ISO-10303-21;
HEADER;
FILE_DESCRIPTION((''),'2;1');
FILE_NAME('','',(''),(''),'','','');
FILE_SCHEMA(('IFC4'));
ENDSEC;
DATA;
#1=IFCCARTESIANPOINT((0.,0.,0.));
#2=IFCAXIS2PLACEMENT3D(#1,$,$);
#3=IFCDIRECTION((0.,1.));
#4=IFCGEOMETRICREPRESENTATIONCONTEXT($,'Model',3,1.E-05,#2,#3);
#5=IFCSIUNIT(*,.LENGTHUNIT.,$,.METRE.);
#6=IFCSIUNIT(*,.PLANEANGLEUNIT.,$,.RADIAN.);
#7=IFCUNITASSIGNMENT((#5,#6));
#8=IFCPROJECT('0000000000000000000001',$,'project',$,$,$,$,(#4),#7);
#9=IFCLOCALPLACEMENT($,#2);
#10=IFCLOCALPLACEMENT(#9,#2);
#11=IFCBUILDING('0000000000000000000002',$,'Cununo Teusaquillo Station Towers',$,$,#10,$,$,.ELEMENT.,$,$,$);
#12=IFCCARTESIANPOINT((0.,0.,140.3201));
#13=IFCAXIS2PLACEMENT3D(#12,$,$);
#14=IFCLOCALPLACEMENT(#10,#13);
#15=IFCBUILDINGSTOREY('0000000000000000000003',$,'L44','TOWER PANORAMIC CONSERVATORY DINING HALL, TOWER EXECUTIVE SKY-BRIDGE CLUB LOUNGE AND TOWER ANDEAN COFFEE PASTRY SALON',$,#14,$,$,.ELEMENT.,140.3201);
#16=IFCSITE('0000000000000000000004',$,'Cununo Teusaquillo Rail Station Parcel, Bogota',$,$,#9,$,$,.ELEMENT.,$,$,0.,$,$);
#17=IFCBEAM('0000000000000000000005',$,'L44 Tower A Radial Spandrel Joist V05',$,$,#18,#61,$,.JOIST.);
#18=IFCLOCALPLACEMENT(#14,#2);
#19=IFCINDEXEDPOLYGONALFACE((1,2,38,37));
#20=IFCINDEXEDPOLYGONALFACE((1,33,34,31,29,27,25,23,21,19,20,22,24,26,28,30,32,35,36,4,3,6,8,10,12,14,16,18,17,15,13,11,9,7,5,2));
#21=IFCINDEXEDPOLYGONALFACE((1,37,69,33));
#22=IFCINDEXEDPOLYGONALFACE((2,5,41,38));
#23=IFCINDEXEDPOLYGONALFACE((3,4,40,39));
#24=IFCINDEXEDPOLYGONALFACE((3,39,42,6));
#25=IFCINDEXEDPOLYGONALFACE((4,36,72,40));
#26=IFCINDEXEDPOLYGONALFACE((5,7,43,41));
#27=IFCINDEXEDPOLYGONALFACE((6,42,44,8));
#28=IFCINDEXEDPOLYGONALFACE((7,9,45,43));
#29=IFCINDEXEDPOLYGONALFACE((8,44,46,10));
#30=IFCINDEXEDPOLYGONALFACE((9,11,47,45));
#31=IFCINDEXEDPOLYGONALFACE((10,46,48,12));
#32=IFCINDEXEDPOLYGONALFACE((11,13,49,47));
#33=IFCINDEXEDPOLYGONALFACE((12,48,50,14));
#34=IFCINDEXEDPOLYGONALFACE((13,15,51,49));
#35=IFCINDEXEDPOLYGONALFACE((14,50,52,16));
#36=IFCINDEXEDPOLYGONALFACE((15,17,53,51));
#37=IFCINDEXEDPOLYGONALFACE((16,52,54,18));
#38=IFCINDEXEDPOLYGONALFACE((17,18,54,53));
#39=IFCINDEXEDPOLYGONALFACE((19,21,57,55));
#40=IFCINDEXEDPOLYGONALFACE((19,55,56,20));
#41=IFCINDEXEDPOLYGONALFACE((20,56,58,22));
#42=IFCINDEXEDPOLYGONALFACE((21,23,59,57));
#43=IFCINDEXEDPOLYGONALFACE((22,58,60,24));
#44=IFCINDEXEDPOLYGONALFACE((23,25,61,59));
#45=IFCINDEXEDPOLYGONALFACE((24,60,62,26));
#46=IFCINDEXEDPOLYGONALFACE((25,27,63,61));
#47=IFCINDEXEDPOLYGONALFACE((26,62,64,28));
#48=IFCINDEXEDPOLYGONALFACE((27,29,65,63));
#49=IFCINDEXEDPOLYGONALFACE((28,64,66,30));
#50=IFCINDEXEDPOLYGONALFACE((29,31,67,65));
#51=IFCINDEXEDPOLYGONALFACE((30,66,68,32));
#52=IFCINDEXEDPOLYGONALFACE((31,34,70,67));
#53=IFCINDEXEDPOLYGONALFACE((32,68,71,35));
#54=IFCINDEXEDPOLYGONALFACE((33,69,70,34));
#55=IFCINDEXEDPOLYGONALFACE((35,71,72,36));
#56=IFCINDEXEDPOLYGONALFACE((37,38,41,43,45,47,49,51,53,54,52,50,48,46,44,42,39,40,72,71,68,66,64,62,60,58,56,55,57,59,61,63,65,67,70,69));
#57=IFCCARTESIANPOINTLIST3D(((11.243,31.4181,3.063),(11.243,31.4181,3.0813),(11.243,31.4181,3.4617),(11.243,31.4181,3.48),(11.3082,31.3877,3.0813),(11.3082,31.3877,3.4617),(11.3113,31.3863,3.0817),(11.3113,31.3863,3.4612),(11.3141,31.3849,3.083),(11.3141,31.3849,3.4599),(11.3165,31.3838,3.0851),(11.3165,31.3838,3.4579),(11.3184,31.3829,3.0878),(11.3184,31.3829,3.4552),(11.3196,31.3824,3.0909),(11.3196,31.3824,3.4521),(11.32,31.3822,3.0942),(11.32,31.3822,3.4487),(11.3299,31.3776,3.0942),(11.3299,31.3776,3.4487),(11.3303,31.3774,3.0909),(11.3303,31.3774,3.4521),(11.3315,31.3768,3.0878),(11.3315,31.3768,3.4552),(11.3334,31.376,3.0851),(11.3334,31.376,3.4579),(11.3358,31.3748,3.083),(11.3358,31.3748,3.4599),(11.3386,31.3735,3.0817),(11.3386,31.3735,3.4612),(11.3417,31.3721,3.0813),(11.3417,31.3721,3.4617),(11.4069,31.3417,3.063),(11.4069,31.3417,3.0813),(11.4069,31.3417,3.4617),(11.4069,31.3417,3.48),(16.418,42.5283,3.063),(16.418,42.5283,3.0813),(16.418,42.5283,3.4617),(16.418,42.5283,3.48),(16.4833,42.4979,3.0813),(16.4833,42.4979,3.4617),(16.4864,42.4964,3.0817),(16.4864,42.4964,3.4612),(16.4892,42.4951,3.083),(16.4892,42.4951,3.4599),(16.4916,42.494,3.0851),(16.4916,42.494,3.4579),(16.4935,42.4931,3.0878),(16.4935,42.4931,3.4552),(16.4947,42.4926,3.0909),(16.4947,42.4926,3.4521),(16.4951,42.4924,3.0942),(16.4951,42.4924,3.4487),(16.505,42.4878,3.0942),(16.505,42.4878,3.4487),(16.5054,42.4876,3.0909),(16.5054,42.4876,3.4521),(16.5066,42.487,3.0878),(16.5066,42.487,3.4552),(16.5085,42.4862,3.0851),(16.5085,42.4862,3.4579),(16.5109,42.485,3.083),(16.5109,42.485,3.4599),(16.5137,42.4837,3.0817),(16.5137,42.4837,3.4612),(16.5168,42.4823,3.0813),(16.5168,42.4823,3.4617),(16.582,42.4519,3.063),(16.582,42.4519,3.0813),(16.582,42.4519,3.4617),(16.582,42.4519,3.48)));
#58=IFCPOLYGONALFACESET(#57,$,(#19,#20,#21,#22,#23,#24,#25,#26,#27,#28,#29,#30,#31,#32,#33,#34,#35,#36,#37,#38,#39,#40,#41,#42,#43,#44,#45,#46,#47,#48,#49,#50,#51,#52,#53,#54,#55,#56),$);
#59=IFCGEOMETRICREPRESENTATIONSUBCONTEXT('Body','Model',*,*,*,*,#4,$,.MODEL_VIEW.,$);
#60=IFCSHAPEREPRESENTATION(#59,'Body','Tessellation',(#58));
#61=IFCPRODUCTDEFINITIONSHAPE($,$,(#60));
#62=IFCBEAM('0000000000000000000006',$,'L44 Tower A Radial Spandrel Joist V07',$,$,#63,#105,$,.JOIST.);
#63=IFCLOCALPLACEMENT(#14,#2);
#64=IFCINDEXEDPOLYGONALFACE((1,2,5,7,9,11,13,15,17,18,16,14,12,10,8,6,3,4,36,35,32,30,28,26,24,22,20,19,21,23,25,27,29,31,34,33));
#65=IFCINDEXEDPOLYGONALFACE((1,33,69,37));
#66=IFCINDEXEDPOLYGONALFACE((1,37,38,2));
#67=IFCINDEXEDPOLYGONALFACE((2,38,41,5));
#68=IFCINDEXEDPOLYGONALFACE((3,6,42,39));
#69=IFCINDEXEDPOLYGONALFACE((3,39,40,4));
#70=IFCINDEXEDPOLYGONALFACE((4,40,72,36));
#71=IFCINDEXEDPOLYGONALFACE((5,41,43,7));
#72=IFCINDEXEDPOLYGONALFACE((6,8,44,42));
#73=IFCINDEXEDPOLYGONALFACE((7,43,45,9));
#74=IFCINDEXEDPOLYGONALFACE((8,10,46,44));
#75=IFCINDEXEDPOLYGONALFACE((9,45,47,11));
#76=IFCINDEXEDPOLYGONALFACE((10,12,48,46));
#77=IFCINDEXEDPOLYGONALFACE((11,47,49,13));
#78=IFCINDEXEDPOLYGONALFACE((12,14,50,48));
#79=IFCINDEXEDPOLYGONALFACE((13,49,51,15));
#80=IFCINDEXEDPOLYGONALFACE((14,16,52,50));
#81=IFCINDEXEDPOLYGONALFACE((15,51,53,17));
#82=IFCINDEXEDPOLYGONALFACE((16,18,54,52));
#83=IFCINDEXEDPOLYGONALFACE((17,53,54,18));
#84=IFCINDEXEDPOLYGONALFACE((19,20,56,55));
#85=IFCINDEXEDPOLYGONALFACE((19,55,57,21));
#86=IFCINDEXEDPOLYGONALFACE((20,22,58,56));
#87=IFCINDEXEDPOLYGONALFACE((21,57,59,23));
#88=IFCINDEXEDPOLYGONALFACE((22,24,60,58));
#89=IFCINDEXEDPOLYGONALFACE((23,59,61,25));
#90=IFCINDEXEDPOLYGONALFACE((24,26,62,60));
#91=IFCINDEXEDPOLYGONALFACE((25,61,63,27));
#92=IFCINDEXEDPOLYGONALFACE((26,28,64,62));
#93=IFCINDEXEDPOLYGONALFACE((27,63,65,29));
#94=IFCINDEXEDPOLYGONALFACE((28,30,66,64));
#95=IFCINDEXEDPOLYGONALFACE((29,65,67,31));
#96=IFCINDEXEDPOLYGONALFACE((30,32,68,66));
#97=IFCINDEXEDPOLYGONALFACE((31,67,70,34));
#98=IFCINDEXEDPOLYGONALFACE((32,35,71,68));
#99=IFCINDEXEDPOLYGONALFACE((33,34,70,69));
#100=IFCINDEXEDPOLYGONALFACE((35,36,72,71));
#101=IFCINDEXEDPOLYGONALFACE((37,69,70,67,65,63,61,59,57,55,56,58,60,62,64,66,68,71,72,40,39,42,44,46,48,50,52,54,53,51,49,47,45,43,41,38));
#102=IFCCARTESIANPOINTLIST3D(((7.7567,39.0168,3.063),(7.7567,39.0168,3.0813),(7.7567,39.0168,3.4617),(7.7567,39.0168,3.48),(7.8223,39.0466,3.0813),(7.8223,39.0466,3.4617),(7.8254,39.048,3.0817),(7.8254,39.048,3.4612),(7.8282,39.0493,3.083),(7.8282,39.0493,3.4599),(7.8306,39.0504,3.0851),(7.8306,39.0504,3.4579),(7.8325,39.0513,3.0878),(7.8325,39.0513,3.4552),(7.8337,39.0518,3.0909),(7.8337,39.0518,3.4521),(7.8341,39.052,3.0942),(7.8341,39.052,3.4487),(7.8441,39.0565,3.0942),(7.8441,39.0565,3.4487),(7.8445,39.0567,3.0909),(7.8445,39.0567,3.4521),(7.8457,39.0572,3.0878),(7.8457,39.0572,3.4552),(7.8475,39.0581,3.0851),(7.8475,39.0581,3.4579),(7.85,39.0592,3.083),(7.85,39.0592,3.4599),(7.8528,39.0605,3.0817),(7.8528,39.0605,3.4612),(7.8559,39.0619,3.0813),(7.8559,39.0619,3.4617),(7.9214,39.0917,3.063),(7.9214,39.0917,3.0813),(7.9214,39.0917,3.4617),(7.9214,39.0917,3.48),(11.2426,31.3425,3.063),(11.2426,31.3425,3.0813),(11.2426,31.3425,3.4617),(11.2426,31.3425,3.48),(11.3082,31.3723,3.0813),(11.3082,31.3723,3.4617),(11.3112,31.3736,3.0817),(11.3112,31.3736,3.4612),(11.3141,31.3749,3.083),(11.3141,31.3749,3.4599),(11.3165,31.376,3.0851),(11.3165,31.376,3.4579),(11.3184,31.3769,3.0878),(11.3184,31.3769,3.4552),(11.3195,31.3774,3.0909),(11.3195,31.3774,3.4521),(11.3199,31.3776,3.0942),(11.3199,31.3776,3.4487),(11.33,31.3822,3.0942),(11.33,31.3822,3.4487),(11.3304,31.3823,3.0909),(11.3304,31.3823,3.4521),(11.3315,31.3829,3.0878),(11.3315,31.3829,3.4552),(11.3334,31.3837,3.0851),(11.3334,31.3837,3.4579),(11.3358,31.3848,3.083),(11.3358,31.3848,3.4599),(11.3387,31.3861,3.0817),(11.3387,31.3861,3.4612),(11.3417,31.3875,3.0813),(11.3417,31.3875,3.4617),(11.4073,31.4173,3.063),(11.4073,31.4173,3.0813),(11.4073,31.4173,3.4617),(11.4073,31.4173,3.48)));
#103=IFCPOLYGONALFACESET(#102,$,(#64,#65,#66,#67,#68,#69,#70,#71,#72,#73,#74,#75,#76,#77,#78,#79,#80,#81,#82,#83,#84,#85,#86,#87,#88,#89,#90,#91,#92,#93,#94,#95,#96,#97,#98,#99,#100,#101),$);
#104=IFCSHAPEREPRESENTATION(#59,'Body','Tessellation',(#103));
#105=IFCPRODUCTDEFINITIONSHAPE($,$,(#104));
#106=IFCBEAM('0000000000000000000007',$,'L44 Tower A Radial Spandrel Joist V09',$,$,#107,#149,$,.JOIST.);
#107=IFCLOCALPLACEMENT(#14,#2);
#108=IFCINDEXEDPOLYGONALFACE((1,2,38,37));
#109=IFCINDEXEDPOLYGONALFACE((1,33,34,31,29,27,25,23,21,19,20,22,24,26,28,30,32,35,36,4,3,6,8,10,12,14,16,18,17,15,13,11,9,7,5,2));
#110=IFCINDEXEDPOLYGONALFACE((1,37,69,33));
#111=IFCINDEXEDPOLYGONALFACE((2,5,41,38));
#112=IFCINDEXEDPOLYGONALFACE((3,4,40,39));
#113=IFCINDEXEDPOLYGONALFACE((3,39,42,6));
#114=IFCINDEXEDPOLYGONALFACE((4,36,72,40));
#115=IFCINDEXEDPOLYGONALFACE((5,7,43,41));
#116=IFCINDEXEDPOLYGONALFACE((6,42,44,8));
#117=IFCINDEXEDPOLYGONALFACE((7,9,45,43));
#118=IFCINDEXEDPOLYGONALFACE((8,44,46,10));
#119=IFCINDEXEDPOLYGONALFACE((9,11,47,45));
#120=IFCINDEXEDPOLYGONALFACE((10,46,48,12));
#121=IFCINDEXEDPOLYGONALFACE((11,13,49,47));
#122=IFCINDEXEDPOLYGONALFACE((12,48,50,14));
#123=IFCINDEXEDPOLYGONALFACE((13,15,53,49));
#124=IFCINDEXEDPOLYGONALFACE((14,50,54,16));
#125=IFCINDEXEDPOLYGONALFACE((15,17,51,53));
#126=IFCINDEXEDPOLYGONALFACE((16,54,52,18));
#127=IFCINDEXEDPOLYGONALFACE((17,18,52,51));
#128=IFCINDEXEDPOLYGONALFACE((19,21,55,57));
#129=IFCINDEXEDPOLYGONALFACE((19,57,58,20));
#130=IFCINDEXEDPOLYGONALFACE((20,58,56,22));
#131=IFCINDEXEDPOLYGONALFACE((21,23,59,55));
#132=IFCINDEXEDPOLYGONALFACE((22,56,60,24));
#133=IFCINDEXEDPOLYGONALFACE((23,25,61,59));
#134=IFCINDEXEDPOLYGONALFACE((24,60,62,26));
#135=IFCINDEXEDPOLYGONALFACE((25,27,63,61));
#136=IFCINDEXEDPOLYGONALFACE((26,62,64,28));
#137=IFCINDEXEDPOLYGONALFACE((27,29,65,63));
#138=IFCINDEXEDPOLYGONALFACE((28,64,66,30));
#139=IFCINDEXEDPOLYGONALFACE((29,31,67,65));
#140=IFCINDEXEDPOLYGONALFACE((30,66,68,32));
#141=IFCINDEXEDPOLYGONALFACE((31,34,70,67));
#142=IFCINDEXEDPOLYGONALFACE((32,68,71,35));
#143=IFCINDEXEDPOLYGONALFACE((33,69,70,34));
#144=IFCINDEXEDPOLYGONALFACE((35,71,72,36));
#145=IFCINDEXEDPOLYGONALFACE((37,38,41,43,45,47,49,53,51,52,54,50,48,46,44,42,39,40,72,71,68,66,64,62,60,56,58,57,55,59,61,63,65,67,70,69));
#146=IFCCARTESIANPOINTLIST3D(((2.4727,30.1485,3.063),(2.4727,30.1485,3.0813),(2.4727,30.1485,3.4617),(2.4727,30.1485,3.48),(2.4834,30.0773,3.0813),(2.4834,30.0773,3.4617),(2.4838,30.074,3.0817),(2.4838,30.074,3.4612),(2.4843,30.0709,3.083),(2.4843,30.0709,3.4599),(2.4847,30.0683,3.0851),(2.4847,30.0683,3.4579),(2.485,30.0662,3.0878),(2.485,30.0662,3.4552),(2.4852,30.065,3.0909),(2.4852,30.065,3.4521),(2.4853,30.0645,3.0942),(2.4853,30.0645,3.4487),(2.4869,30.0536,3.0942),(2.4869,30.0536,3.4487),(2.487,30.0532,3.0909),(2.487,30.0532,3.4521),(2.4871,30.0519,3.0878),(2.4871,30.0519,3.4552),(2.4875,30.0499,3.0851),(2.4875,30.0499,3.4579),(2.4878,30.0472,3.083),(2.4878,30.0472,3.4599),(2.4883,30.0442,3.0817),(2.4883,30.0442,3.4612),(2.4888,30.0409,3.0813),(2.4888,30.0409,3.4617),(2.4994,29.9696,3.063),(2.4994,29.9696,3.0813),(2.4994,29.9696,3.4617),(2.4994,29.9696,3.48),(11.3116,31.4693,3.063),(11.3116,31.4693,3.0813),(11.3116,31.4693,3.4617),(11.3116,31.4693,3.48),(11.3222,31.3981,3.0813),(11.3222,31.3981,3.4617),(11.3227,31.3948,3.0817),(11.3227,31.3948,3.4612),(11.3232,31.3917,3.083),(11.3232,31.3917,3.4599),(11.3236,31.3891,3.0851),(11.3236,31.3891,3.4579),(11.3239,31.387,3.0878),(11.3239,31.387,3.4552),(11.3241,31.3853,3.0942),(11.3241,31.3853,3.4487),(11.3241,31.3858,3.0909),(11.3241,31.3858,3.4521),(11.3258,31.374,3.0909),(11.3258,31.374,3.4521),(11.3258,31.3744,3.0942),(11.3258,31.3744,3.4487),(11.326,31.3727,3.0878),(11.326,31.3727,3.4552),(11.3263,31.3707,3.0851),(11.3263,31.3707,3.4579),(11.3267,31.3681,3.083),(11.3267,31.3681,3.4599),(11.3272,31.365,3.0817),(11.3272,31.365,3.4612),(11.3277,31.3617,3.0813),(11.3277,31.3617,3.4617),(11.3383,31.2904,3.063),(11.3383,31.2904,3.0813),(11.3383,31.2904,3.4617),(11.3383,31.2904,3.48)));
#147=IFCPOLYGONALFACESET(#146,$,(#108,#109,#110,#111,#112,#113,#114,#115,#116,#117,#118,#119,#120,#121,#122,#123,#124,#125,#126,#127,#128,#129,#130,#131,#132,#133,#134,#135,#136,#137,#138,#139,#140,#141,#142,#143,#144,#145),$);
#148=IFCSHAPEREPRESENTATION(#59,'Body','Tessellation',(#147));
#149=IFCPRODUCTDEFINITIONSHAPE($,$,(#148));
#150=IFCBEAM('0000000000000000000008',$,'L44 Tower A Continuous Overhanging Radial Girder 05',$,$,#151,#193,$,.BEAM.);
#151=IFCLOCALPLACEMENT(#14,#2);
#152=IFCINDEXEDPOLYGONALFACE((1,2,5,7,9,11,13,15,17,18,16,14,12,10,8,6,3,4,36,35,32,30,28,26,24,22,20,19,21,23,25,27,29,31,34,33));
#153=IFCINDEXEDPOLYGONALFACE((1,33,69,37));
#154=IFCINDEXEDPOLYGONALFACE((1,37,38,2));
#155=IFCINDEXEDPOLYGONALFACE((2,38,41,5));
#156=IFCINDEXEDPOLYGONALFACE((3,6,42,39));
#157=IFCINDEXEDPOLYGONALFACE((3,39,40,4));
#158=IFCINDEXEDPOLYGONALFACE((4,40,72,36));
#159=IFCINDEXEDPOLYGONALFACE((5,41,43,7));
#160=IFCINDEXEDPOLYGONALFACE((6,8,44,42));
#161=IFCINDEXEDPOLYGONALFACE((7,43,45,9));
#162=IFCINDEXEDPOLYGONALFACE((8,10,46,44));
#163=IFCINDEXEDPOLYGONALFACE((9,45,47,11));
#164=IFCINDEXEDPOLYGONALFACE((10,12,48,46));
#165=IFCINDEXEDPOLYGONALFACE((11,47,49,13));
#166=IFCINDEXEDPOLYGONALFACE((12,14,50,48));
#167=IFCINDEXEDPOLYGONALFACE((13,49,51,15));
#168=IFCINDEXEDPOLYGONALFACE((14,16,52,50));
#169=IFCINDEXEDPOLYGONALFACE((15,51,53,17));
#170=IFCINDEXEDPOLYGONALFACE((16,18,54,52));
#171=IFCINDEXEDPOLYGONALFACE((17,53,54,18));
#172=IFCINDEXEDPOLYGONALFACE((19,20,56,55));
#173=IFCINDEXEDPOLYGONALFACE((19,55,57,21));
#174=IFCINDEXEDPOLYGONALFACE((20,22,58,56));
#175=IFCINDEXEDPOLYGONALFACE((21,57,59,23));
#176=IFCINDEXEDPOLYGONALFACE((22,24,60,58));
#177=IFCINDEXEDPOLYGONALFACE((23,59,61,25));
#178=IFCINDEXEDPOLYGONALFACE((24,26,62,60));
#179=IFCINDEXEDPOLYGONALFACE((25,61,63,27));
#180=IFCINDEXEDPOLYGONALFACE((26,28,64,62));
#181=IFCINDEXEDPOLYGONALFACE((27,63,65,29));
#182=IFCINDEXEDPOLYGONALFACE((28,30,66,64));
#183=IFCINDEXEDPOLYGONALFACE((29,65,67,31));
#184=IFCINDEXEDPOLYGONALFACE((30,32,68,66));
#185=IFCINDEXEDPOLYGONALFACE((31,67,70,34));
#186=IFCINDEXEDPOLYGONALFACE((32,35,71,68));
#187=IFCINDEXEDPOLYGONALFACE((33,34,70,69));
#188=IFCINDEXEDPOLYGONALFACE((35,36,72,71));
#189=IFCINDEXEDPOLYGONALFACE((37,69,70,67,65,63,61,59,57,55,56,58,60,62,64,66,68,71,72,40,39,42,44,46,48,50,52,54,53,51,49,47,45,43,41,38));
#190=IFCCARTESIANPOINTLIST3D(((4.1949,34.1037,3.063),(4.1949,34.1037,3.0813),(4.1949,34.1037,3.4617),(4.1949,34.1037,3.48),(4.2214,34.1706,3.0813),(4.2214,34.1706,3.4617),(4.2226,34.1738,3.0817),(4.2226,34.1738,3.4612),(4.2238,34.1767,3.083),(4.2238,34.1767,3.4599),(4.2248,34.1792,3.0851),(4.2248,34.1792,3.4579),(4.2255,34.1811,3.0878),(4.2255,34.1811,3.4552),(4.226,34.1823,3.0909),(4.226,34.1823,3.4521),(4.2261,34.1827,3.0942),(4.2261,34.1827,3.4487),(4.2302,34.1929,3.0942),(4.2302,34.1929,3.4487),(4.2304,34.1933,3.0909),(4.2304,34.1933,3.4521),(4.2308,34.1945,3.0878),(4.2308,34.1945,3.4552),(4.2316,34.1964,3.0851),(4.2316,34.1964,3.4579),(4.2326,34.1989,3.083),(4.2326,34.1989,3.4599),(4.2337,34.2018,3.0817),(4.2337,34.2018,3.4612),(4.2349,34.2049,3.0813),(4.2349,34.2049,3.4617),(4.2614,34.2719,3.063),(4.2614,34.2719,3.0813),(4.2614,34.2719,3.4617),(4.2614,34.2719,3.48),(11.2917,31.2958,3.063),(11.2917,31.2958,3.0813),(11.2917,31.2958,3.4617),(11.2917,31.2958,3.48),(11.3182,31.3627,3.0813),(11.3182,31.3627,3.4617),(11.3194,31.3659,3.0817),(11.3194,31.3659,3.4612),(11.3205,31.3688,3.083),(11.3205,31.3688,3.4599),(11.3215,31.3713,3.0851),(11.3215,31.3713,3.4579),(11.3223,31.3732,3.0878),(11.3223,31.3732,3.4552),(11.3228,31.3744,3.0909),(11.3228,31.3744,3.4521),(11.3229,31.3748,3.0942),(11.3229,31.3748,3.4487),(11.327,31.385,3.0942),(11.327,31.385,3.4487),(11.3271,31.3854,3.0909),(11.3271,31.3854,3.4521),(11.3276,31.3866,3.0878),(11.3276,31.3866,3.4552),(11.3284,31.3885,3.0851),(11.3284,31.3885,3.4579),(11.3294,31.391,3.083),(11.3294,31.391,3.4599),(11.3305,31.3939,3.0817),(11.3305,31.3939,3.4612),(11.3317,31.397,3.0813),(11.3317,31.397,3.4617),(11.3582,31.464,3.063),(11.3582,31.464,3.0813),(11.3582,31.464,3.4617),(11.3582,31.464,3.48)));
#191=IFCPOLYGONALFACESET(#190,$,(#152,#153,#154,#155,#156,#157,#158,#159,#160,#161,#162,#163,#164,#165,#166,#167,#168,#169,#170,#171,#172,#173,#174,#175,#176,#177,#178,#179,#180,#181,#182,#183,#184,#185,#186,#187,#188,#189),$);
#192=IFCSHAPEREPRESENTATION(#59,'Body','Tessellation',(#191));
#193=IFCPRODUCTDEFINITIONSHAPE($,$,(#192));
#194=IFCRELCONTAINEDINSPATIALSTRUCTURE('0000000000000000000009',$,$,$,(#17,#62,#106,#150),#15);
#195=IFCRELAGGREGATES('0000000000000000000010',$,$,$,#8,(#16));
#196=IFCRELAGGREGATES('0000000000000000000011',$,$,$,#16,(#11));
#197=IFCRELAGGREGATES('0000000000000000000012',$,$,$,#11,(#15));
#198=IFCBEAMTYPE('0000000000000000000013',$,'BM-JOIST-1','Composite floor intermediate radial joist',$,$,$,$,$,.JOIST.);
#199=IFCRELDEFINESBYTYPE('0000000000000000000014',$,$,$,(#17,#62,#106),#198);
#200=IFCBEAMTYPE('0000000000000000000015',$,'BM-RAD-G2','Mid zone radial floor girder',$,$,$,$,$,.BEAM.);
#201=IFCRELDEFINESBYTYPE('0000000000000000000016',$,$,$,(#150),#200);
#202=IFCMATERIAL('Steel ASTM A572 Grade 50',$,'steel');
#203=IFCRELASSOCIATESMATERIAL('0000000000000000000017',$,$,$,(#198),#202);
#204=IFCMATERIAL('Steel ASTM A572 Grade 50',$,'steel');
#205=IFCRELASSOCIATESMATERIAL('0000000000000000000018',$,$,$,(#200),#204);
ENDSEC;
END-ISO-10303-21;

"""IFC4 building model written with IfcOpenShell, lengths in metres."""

from ifc_helpers import new_model, si_unit, direction, frame, origin, origin_2d, place, context, subcontext, project, spatial, i_section, extrude, material, material_profile, profile_set, type_object, element, save


model = new_model("IFC4")

# Units and contexts
model_context = context("Model", 3, precision=1e-05, world=origin(), true_north=direction((0.0, 1.0)))
body_context = subcontext(model_context, "Body", "Model", "MODEL_VIEW")
ifc_project = project(units=[si_unit("LENGTHUNIT", "METRE"), si_unit("PLANEANGLEUNIT", "RADIAN")], contexts=[model_context])

# Site, building, storey
site_placement = place(None, origin())
site = spatial("IfcSite", under=ifc_project, at=site_placement, Name="Cununo Teusaquillo Rail Station Parcel, Bogota", CompositionType="ELEMENT", RefElevation=0.0)
building_placement = place(site_placement, origin())
building = spatial("IfcBuilding", under=site, at=building_placement, Name="Cununo Teusaquillo Station Towers", CompositionType="ELEMENT")
storey_placement = place(building_placement, frame((0.0, 0.0, 140.3201)))
storey = spatial("IfcBuildingStorey", under=building, at=storey_placement, Name="L44", Description="TOWER PANORAMIC CONSERVATORY DINING HALL, TOWER EXECUTIVE SKY-BRIDGE CLUB LOUNGE AND TOWER ANDEAN COFFEE PASTRY SALON", CompositionType="ELEMENT", Elevation=140.3201)

# Beams
ifc_material_1 = material(Name="Steel ASTM A572 Grade 50", Category="steel")
ifc_material_profile_1 = material_profile(ifc_material_1, i_section(OverallWidth=0.1809, OverallDepth=0.417, WebThickness=0.011, FlangeThickness=0.0183, FilletRadius=0.0129, at=origin_2d()), Name="W16X57")
ifc_profile_set_1 = profile_set([ifc_material_profile_1], Name="Steel ASTM A572 Grade 50")
beam_type_1 = type_object("IfcBeamType", Name="BM-JOIST-1", Description="Composite floor intermediate radial joist", PredefinedType="JOIST", material=ifc_profile_set_1)
beam_1_placement = place(storey_placement, frame((11.325, 31.3799, 3.2715), z_axis=(0.422238, 0.906485, 0.0), x_axis=(-0.906485, 0.422238, 0.0)))
element("IfcBeam", 1, at=beam_1_placement, inside=storey, type_object=beam_type_1, Name="L44 Tower A Radial Spandrel Joist V05", PredefinedType="JOIST", context=body_context, shape_type="SweptSolid", body=[
    extrude(i_section(OverallWidth=0.1809, OverallDepth=0.417, WebThickness=0.011, FlangeThickness=0.0183, FilletRadius=0.0129, at=origin_2d()), origin(), (0.0, 0.0, 1.0), 12.2563),
])
beam_2_placement = place(storey_placement, frame((11.325, 31.3799, 3.2715), z_axis=(-0.413559, 0.910478, 0.0), x_axis=(-0.910478, -0.413559, 0.0)))
element("IfcBeam", 2, at=beam_2_placement, inside=storey, type_object=beam_type_1, Name="L44 Tower A Radial Spandrel Joist V07", PredefinedType="JOIST", context=body_context, shape_type="SweptSolid", body=[
    extrude(i_section(OverallWidth=0.1809, OverallDepth=0.417, WebThickness=0.011, FlangeThickness=0.0183, FilletRadius=0.0129, at=origin_2d()), origin(), (0.0, 0.0, 1.0), 8.429),
])
beam_3_placement = place(storey_placement, frame((11.325, 31.3799, 3.2715), z_axis=(-0.989019, -0.14779, 0.0), x_axis=(0.14779, -0.989019, 0.0)))
element("IfcBeam", 3, at=beam_3_placement, inside=storey, type_object=beam_type_1, Name="L44 Tower A Radial Spandrel Joist V09", PredefinedType="JOIST", context=body_context, shape_type="SweptSolid", body=[
    extrude(i_section(OverallWidth=0.1809, OverallDepth=0.417, WebThickness=0.011, FlangeThickness=0.0183, FilletRadius=0.0129, at=origin_2d()), origin(), (0.0, 0.0, 1.0), 8.937),
])
ifc_material_2 = material(Name="Steel ASTM A572 Grade 50", Category="steel")
ifc_material_profile_2 = material_profile(ifc_material_2, i_section(OverallWidth=0.1809, OverallDepth=0.417, WebThickness=0.011, FlangeThickness=0.0183, FilletRadius=0.0129, at=origin_2d()), Name="W16X57")
ifc_profile_set_2 = profile_set([ifc_material_profile_2], Name="Steel ASTM A572 Grade 50")
beam_type_2 = type_object("IfcBeamType", Name="BM-RAD-G2", Description="Mid zone radial floor girder", PredefinedType="BEAM", material=ifc_profile_set_2)
beam_4_placement = place(storey_placement, frame((11.325, 31.3799, 3.2715), z_axis=(-0.929862, 0.367908, 0.0), x_axis=(-0.367908, -0.929862, 0.0)))
element("IfcBeam", 4, at=beam_4_placement, inside=storey, type_object=beam_type_2, Name="L44 Tower A Continuous Overhanging Radial Girder 05", PredefinedType="BEAM", context=body_context, shape_type="SweptSolid", body=[
    extrude(i_section(OverallWidth=0.1809, OverallDepth=0.417, WebThickness=0.011, FlangeThickness=0.0183, FilletRadius=0.0129, at=origin_2d()), origin(), (0.0, 0.0, 1.0), 7.6321),
])

save(model, "model.ifc")
